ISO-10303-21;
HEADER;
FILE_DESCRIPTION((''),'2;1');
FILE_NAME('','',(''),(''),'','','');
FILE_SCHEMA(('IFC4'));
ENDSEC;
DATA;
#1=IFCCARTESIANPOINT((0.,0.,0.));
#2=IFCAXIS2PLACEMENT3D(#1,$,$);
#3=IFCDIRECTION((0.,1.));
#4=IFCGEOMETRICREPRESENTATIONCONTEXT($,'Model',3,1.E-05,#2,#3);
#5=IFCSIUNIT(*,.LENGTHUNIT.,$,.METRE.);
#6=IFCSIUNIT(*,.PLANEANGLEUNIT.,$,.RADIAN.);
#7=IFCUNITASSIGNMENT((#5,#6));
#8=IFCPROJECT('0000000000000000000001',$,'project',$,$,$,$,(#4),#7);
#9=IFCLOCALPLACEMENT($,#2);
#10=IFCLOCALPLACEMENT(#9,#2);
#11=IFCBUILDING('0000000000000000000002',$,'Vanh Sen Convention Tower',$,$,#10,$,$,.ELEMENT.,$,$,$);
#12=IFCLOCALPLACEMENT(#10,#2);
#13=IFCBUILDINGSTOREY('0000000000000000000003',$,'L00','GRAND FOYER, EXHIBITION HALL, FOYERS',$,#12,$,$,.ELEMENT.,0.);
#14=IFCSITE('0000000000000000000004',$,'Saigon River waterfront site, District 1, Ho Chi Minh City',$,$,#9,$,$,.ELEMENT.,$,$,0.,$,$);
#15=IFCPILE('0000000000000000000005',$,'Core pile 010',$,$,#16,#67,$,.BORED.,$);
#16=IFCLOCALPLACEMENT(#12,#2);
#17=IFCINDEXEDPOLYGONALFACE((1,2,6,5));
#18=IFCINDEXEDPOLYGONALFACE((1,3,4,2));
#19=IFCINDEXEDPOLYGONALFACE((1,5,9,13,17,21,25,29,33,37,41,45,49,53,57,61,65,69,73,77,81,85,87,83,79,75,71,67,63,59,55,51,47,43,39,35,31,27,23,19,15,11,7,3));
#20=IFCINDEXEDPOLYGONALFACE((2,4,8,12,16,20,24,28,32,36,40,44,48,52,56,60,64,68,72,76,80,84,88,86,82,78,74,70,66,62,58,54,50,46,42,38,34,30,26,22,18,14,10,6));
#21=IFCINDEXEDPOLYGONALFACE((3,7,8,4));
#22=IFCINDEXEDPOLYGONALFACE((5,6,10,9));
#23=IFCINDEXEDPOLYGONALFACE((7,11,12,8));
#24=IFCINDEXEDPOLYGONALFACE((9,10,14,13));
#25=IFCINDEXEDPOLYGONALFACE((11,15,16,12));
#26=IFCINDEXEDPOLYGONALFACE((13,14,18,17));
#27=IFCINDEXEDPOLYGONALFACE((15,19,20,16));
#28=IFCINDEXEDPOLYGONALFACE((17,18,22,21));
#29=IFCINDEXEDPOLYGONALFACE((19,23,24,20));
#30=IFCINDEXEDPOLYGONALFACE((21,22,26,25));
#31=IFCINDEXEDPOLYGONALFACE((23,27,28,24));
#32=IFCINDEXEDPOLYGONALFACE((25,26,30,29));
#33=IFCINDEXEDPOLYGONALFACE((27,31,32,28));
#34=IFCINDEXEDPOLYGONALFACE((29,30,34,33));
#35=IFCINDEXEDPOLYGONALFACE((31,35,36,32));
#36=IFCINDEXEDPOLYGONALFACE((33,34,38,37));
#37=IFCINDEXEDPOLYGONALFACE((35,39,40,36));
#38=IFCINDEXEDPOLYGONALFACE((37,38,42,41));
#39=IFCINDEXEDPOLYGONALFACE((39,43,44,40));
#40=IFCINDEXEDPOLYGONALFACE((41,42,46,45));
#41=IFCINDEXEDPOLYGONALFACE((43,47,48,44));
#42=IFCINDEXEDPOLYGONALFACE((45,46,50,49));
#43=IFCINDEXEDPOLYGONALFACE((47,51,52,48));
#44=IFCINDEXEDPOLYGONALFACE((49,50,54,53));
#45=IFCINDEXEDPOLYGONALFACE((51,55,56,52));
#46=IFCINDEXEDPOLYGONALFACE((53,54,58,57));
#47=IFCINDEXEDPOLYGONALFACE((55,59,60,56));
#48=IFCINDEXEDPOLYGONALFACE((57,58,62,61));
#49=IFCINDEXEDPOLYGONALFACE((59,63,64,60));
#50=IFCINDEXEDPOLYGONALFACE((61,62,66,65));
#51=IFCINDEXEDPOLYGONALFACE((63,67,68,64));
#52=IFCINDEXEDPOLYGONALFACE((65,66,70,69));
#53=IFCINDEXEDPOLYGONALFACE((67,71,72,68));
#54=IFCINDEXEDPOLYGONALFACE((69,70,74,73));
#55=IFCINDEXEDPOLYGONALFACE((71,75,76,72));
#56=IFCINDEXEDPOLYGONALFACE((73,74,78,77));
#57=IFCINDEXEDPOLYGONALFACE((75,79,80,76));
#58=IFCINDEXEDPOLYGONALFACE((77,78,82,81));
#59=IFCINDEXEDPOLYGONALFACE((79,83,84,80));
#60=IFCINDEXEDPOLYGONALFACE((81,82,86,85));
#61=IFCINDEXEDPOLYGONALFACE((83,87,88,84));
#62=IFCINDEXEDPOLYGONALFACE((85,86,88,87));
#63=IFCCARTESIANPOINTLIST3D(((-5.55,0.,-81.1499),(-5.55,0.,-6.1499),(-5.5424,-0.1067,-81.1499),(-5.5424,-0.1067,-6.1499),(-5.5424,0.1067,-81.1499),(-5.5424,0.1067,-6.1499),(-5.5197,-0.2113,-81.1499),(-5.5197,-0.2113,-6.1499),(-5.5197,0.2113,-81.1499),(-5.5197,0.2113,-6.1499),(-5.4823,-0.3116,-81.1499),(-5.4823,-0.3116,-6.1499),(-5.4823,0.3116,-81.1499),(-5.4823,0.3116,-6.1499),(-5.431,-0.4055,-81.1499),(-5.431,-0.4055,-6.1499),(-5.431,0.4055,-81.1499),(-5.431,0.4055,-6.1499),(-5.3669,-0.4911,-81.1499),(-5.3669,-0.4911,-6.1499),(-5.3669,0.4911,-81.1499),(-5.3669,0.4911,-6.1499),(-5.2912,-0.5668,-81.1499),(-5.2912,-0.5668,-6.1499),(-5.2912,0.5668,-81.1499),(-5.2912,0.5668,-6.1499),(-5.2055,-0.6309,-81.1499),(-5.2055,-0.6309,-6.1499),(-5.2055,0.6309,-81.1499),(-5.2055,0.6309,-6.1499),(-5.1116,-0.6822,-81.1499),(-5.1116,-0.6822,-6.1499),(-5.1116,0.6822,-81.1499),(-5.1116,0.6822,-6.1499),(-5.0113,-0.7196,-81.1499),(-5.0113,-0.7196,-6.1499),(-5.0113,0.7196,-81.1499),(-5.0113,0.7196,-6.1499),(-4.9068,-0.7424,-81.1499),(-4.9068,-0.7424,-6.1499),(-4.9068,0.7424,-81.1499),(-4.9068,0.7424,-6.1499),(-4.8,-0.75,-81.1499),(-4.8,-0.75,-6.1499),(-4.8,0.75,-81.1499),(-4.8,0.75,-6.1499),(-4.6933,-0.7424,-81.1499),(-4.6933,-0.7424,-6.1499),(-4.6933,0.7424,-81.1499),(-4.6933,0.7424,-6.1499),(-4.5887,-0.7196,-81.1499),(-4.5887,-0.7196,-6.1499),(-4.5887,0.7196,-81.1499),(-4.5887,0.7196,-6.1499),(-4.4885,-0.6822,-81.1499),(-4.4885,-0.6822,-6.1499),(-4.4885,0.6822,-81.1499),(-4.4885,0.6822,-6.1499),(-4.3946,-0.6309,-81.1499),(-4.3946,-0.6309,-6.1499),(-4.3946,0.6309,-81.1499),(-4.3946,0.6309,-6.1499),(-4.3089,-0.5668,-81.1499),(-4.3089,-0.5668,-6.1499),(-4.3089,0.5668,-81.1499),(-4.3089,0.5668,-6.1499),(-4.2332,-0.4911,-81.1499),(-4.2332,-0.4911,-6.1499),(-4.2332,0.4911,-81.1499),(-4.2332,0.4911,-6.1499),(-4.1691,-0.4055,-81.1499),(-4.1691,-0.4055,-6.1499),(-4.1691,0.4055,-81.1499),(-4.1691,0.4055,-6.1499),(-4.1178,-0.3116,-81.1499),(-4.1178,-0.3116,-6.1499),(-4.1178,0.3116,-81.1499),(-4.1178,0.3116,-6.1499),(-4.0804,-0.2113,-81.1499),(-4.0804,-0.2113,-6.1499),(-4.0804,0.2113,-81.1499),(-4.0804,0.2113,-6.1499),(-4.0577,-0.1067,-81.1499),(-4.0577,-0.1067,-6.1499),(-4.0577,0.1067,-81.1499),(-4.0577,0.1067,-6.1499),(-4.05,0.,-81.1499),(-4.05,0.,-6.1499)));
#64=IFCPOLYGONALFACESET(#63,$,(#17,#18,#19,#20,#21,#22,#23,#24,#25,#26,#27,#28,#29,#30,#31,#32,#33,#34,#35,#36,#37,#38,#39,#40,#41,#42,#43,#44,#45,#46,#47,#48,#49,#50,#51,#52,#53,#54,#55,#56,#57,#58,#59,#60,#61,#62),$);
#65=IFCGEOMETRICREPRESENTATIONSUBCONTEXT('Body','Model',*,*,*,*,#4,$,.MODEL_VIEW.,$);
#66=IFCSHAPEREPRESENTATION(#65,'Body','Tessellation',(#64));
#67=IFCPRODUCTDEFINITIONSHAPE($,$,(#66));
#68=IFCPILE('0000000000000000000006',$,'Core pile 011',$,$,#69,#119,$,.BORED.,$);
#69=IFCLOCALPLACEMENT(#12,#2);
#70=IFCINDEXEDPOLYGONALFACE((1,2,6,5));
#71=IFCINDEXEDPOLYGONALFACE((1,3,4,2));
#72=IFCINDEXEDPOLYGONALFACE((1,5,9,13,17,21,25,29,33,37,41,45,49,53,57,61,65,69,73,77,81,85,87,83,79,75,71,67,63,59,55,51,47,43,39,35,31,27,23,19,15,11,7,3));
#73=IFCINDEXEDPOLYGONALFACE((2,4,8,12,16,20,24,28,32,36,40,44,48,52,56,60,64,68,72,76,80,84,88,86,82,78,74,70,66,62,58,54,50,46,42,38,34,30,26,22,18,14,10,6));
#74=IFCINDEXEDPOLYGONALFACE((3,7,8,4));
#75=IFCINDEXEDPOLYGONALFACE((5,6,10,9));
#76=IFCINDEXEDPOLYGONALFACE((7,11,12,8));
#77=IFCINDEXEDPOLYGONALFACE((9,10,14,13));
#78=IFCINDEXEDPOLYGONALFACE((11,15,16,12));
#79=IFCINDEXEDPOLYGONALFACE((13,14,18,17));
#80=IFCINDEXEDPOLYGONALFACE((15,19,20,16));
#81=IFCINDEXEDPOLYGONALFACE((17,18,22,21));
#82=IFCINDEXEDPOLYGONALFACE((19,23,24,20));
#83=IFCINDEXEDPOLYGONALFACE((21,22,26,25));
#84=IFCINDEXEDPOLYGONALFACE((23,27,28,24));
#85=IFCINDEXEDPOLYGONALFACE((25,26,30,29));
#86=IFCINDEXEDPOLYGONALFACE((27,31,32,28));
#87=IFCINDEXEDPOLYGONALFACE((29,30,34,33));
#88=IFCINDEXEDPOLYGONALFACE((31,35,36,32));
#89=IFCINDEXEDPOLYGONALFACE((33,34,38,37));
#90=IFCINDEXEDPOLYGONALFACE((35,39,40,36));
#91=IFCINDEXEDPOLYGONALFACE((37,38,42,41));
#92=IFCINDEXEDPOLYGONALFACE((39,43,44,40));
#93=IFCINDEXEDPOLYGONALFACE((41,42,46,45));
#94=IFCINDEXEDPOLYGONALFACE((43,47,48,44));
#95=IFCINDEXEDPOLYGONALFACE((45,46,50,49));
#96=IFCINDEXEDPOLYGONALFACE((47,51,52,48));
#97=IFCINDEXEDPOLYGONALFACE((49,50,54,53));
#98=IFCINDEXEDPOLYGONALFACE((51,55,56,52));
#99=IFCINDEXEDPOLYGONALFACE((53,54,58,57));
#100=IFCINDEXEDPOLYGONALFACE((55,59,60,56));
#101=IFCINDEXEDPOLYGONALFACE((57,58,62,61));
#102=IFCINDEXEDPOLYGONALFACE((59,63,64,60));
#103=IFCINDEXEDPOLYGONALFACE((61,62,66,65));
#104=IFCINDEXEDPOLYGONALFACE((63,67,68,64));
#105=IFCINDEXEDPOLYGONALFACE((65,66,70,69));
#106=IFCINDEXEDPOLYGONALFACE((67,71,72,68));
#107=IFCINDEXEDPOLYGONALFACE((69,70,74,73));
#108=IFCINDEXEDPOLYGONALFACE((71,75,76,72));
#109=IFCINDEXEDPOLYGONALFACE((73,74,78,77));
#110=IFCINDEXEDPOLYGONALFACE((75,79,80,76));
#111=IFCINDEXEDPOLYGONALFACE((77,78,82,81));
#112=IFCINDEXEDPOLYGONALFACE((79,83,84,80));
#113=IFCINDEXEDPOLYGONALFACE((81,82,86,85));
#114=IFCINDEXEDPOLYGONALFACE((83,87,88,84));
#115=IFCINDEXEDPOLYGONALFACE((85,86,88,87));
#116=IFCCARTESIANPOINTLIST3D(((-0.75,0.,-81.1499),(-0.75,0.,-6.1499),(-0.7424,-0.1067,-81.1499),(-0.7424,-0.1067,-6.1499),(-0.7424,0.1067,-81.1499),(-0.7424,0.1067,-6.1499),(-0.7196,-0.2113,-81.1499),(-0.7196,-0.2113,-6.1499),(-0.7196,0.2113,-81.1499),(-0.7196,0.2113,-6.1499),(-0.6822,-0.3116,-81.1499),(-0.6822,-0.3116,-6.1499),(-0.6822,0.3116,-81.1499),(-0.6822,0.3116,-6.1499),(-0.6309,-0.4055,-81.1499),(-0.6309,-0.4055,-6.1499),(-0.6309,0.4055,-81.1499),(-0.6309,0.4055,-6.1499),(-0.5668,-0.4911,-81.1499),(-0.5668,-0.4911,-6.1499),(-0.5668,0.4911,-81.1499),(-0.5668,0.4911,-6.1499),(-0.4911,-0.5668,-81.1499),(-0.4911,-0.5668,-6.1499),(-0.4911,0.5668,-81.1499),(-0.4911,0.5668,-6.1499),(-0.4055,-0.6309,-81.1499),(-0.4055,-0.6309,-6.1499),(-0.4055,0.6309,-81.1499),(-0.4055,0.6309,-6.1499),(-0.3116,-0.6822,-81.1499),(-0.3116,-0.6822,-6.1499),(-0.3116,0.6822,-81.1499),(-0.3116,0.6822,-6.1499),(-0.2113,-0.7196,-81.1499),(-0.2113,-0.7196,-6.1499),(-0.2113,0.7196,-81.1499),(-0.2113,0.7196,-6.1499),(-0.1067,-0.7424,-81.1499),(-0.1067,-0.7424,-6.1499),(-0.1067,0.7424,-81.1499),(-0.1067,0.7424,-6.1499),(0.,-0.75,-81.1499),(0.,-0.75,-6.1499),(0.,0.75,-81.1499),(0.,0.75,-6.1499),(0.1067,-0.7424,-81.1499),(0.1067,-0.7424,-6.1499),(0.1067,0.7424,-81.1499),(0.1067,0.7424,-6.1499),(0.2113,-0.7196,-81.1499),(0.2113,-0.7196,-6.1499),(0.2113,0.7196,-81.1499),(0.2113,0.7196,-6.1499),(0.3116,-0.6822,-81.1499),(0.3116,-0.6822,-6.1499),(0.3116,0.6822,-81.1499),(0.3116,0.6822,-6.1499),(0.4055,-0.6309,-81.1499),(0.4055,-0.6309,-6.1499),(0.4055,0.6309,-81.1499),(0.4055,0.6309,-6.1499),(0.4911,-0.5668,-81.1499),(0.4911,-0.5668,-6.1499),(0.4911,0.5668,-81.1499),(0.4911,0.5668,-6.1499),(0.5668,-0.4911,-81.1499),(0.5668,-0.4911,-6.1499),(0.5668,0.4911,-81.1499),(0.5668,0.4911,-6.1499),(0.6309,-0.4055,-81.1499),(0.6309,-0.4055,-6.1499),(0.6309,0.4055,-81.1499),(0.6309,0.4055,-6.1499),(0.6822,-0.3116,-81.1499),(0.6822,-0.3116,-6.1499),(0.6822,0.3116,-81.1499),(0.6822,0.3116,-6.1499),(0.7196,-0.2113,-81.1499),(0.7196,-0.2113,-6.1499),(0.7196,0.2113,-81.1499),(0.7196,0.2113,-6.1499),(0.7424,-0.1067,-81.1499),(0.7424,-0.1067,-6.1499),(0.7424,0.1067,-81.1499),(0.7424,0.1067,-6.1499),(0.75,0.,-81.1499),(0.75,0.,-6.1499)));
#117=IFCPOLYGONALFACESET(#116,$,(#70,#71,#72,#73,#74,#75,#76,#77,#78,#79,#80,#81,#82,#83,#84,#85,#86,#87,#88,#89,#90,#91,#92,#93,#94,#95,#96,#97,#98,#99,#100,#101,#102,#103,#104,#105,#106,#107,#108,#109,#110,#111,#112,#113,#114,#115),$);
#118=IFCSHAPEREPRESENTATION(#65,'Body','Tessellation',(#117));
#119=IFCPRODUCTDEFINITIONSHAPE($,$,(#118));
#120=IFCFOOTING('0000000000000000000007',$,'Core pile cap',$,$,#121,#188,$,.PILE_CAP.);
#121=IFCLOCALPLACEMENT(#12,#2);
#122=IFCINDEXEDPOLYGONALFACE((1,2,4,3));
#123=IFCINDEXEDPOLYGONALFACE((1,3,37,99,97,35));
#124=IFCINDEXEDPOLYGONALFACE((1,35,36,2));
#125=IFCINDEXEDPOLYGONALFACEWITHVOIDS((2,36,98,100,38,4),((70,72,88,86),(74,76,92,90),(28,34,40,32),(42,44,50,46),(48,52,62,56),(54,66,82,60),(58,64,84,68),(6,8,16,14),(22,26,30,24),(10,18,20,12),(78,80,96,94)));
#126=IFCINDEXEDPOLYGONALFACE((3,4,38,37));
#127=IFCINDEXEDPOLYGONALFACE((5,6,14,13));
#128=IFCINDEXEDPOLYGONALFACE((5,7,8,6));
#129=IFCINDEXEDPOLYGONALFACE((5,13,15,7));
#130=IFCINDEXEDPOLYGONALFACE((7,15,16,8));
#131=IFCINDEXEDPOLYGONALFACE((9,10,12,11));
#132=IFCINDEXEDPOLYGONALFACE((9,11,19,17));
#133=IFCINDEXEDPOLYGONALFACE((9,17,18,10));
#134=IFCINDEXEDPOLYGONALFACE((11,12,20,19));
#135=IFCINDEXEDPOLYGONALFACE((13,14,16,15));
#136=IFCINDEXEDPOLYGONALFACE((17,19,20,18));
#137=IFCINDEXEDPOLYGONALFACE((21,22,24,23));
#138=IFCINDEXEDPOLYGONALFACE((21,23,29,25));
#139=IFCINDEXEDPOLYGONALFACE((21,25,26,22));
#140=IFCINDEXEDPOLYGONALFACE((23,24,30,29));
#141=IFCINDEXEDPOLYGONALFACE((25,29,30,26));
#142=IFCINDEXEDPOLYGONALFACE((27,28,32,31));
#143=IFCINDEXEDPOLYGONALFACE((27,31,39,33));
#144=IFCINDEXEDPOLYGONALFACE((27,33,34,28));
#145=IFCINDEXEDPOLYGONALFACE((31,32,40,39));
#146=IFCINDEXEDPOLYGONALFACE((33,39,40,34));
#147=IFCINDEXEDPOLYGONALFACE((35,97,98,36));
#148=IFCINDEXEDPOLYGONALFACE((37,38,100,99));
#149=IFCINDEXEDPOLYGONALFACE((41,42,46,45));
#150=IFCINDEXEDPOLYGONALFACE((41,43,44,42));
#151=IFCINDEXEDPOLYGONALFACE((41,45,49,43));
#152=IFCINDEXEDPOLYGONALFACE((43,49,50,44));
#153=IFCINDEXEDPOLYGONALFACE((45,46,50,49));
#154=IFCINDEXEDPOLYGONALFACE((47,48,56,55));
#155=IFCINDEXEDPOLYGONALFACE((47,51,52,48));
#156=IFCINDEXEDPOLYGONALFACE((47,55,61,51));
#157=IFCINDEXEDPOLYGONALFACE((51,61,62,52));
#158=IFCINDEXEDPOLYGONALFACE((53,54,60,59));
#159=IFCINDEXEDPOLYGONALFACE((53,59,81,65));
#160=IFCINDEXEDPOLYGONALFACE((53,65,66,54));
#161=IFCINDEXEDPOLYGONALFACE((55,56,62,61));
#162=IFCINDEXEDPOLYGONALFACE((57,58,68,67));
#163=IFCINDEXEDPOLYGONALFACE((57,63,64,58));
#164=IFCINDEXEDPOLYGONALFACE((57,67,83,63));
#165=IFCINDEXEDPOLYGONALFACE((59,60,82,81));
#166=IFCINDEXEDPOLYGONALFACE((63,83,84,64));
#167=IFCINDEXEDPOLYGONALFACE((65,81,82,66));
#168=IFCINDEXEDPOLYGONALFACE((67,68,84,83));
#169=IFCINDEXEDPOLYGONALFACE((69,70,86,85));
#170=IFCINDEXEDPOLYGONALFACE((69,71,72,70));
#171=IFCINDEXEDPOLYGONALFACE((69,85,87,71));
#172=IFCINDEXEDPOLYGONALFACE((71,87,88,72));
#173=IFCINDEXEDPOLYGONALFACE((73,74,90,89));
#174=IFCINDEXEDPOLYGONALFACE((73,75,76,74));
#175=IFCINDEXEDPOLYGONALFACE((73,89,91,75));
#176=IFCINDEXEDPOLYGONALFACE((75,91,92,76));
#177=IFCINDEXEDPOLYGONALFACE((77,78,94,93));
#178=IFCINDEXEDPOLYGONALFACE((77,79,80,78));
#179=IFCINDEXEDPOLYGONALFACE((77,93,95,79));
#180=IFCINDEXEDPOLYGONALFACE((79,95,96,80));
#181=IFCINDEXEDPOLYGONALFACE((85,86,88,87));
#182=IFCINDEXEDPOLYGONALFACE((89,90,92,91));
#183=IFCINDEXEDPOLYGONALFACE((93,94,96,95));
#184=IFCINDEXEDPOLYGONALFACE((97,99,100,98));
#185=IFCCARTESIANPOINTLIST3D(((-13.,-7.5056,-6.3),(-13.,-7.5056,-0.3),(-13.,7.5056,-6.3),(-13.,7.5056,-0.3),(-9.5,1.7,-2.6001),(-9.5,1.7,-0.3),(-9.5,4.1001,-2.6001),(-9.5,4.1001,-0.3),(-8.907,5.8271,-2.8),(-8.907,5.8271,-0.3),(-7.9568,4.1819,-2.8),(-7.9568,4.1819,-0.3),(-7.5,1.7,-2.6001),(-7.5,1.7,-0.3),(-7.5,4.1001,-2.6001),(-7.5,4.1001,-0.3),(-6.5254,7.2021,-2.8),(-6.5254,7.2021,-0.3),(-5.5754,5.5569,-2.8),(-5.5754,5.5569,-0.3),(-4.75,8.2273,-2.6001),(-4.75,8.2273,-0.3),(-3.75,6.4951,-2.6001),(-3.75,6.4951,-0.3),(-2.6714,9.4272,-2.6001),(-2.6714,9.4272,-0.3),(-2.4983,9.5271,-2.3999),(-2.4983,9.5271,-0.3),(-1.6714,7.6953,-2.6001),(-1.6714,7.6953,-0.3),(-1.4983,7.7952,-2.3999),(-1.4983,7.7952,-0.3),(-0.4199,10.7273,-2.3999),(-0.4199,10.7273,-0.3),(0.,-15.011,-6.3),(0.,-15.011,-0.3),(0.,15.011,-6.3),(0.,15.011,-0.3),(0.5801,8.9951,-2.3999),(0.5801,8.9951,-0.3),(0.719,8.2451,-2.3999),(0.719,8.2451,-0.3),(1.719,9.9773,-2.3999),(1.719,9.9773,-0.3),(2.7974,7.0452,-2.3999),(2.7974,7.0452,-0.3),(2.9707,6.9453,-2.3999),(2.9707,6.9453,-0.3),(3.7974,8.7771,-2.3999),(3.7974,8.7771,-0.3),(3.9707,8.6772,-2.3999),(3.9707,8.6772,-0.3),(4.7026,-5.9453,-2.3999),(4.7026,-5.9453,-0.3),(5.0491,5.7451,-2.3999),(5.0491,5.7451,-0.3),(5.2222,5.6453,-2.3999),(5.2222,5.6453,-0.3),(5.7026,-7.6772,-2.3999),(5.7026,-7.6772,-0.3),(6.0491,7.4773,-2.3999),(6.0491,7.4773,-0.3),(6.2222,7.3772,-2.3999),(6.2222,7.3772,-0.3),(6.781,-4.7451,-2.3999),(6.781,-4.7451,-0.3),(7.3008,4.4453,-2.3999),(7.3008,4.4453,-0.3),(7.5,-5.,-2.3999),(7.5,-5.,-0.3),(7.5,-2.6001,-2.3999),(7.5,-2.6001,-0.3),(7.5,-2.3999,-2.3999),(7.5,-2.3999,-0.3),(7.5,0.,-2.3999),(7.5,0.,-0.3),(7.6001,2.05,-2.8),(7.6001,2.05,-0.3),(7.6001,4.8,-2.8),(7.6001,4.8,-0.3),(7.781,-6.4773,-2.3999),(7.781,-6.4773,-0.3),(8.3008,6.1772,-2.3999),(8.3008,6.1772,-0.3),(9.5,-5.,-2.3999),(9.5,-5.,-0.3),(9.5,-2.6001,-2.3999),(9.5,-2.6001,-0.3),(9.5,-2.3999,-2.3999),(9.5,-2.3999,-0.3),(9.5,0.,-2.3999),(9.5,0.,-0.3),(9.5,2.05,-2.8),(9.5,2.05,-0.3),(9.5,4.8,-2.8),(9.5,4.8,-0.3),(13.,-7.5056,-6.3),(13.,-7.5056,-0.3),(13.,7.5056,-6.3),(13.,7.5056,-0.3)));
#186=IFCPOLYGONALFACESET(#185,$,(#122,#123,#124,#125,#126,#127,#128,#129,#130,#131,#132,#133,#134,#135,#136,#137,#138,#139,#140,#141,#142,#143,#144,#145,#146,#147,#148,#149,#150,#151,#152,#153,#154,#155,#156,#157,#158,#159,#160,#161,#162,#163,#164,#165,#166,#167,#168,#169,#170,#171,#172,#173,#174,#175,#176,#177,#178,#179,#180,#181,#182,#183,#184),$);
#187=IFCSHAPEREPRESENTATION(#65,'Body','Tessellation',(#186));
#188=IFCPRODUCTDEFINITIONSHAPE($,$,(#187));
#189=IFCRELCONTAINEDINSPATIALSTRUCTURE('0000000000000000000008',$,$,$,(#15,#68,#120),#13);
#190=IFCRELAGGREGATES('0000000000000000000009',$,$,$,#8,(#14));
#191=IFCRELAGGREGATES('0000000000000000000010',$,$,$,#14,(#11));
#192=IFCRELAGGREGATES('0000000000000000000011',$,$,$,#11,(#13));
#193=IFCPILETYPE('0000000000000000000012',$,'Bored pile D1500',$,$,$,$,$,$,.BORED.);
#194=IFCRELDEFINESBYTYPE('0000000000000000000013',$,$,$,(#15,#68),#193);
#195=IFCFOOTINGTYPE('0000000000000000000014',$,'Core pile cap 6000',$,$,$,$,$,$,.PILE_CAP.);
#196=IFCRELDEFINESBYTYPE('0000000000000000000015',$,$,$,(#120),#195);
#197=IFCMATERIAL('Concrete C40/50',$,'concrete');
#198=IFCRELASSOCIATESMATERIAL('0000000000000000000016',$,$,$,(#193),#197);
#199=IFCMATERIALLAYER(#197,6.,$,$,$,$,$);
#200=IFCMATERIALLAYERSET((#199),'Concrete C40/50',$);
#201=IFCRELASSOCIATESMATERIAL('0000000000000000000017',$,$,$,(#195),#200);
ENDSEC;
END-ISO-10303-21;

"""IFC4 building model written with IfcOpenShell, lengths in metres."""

from ifc_helpers import new_model, si_unit, direction, frame, origin, origin_2d, place, context, subcontext, project, spatial, polyline, circle, outline, extrude, boolean, material, layer, layer_set, material_profile, profile_set, type_object, element, save


model = new_model("IFC4")

# Units and contexts
model_context = context("Model", 3, precision=1e-05, world=origin(), true_north=direction((0.0, 1.0)))
body_context = subcontext(model_context, "Body", "Model", "MODEL_VIEW")
ifc_project = project(units=[si_unit("LENGTHUNIT", "METRE"), si_unit("PLANEANGLEUNIT", "RADIAN")], contexts=[model_context])

# Site, building, storey
site_placement = place(None, origin())
site = spatial("IfcSite", under=ifc_project, at=site_placement, Name="Saigon River waterfront site, District 1, Ho Chi Minh City", CompositionType="ELEMENT", RefElevation=0.0)
building_placement = place(site_placement, origin())
building = spatial("IfcBuilding", under=site, at=building_placement, Name="Vanh Sen Convention Tower", CompositionType="ELEMENT")
storey_placement = place(building_placement, origin())
storey = spatial("IfcBuildingStorey", under=building, at=storey_placement, Name="L00", Description="GRAND FOYER, EXHIBITION HALL, FOYERS", CompositionType="ELEMENT", Elevation=0.0)

# Piles
ifc_material_1 = material(Name="Concrete C40/50", Category="concrete")
ifc_material_profile = material_profile(ifc_material_1, circle(Radius=0.75, at=origin_2d()), Name="Bored pile D1500")
ifc_profile_set = profile_set([ifc_material_profile], Name="Concrete C40/50")
pile_type = type_object("IfcPileType", Name="Bored pile D1500", PredefinedType="BORED", material=ifc_profile_set)
for number, where, z_axis, x_axis, name in (
    (1, (-4.8, 0.0, -6.1499), (0.0, 0.0, -1.0), (1.0, 0.0, 0.0), "Core pile 010"),
    (2, (0.0, 0.0, -6.1499), (0.0, 0.0, -1.0), (1.0, 0.0, 0.0), "Core pile 011"),
):
    element("IfcPile", number, at=place(storey_placement, frame(where, z_axis=z_axis, x_axis=x_axis)), inside=storey, type_object=pile_type, Name=name, PredefinedType="BORED", context=body_context, shape_type="SweptSolid", body=[
        extrude(circle(Radius=0.75, at=origin_2d()), origin(), (0.0, 0.0, 1.0), 75.0),
    ])

# Footing
ifc_layer_1 = layer(ifc_material_1, 6.0)
ifc_layer_set_1 = layer_set([ifc_layer_1], Name="Concrete C40/50")
footing_type = type_object("IfcFootingType", Name="Core pile cap 6000", PredefinedType="PILE_CAP", material=ifc_layer_set_1)
footing_placement = place(storey_placement, frame((0.0, 0.0, -6.3)))
solid = boolean("DIFFERENCE", boolean("DIFFERENCE", boolean("DIFFERENCE", boolean("DIFFERENCE", boolean("DIFFERENCE", boolean("DIFFERENCE", boolean("DIFFERENCE", boolean("DIFFERENCE", extrude(outline(polyline([(13.0, 7.5056), (0.0, 15.011), (-13.0, 7.5056), (-13.0, -7.5056), (0.0, -15.011), (13.0, -7.5056), (13.0, 7.5056)])), origin(), (0.0, 0.0, 1.0), 6.0), extrude(outline(polyline([(9.5, 2.05), (9.5, 4.8), (7.6001, 4.8), (7.6001, 2.05), (9.5, 2.05)])), frame((0.0, 0.0, 3.5)), (0.0, 0.0, 1.0), 2.6001)), extrude(outline(polyline([(-6.5254, 7.2021), (-8.907, 5.8271), (-7.9568, 4.1819), (-5.5754, 5.5569), (-6.5254, 7.2021)])), frame((0.0, 0.0, 3.5)), (0.0, 0.0, 1.0), 2.6001)), extrude(outline(polyline([(-1.6714, 7.6953), (-2.6714, 9.4272), (-4.75, 8.2273), (-3.75, 6.4951), (-1.6714, 7.6953)])), frame((0.0, 0.0, 3.7)), (0.0, 0.0, 1.0), 2.4001)), extrude(outline(polyline([(-7.5, 4.1001), (-9.5, 4.1001), (-9.5, 1.7), (-7.5, 1.7), (-7.5, 4.1001)])), frame((0.0, 0.0, 3.7)), (0.0, 0.0, 1.0), 2.4001)), extrude(outline(polyline([(7.5, -5.0), (9.5, -5.0), (9.5, -2.6001), (7.5, -2.6001), (7.5, -5.0)])), frame((0.0, 0.0, 3.9001)), (0.0, 0.0, 1.0), 2.2)), extrude(outline(polyline([(7.5, -2.3999), (9.5, -2.3999), (9.5, 0.0), (7.5, 0.0), (7.5, -2.3999)])), frame((0.0, 0.0, 3.9001)), (0.0, 0.0, 1.0), 2.2)), extrude(outline(polyline([(7.3008, 4.4453), (8.3008, 6.1772), (6.2222, 7.3772), (5.2222, 5.6453), (7.3008, 4.4453)])), frame((0.0, 0.0, 3.9001)), (0.0, 0.0, 1.0), 2.2)), extrude(outline(polyline([(5.0491, 5.7451), (6.0491, 7.4773), (3.9707, 8.6772), (2.9707, 6.9453), (5.0491, 5.7451)])), frame((0.0, 0.0, 3.9001)), (0.0, 0.0, 1.0), 2.2))
element("IfcFooting", 3, at=footing_placement, inside=storey, type_object=footing_type, Name="Core pile cap", PredefinedType="PILE_CAP", context=body_context, shape_type="CSG", body=[
    boolean("DIFFERENCE", boolean("DIFFERENCE", boolean("DIFFERENCE", solid, extrude(outline(polyline([(2.7974, 7.0452), (3.7974, 8.7771), (1.719, 9.9773), (0.719, 8.2451), (2.7974, 7.0452)])), frame((0.0, 0.0, 3.9001)), (0.0, 0.0, 1.0), 2.2)), extrude(outline(polyline([(0.5801, 8.9951), (-0.4199, 10.7273), (-2.4983, 9.5271), (-1.4983, 7.7952), (0.5801, 8.9951)])), frame((0.0, 0.0, 3.9001)), (0.0, 0.0, 1.0), 2.2)), extrude(outline(polyline([(4.7026, -5.9453), (5.7026, -7.6772), (7.781, -6.4773), (6.781, -4.7451), (4.7026, -5.9453)])), frame((0.0, 0.0, 3.9001)), (0.0, 0.0, 1.0), 2.2)),
])

save(model, "model.ifc")
